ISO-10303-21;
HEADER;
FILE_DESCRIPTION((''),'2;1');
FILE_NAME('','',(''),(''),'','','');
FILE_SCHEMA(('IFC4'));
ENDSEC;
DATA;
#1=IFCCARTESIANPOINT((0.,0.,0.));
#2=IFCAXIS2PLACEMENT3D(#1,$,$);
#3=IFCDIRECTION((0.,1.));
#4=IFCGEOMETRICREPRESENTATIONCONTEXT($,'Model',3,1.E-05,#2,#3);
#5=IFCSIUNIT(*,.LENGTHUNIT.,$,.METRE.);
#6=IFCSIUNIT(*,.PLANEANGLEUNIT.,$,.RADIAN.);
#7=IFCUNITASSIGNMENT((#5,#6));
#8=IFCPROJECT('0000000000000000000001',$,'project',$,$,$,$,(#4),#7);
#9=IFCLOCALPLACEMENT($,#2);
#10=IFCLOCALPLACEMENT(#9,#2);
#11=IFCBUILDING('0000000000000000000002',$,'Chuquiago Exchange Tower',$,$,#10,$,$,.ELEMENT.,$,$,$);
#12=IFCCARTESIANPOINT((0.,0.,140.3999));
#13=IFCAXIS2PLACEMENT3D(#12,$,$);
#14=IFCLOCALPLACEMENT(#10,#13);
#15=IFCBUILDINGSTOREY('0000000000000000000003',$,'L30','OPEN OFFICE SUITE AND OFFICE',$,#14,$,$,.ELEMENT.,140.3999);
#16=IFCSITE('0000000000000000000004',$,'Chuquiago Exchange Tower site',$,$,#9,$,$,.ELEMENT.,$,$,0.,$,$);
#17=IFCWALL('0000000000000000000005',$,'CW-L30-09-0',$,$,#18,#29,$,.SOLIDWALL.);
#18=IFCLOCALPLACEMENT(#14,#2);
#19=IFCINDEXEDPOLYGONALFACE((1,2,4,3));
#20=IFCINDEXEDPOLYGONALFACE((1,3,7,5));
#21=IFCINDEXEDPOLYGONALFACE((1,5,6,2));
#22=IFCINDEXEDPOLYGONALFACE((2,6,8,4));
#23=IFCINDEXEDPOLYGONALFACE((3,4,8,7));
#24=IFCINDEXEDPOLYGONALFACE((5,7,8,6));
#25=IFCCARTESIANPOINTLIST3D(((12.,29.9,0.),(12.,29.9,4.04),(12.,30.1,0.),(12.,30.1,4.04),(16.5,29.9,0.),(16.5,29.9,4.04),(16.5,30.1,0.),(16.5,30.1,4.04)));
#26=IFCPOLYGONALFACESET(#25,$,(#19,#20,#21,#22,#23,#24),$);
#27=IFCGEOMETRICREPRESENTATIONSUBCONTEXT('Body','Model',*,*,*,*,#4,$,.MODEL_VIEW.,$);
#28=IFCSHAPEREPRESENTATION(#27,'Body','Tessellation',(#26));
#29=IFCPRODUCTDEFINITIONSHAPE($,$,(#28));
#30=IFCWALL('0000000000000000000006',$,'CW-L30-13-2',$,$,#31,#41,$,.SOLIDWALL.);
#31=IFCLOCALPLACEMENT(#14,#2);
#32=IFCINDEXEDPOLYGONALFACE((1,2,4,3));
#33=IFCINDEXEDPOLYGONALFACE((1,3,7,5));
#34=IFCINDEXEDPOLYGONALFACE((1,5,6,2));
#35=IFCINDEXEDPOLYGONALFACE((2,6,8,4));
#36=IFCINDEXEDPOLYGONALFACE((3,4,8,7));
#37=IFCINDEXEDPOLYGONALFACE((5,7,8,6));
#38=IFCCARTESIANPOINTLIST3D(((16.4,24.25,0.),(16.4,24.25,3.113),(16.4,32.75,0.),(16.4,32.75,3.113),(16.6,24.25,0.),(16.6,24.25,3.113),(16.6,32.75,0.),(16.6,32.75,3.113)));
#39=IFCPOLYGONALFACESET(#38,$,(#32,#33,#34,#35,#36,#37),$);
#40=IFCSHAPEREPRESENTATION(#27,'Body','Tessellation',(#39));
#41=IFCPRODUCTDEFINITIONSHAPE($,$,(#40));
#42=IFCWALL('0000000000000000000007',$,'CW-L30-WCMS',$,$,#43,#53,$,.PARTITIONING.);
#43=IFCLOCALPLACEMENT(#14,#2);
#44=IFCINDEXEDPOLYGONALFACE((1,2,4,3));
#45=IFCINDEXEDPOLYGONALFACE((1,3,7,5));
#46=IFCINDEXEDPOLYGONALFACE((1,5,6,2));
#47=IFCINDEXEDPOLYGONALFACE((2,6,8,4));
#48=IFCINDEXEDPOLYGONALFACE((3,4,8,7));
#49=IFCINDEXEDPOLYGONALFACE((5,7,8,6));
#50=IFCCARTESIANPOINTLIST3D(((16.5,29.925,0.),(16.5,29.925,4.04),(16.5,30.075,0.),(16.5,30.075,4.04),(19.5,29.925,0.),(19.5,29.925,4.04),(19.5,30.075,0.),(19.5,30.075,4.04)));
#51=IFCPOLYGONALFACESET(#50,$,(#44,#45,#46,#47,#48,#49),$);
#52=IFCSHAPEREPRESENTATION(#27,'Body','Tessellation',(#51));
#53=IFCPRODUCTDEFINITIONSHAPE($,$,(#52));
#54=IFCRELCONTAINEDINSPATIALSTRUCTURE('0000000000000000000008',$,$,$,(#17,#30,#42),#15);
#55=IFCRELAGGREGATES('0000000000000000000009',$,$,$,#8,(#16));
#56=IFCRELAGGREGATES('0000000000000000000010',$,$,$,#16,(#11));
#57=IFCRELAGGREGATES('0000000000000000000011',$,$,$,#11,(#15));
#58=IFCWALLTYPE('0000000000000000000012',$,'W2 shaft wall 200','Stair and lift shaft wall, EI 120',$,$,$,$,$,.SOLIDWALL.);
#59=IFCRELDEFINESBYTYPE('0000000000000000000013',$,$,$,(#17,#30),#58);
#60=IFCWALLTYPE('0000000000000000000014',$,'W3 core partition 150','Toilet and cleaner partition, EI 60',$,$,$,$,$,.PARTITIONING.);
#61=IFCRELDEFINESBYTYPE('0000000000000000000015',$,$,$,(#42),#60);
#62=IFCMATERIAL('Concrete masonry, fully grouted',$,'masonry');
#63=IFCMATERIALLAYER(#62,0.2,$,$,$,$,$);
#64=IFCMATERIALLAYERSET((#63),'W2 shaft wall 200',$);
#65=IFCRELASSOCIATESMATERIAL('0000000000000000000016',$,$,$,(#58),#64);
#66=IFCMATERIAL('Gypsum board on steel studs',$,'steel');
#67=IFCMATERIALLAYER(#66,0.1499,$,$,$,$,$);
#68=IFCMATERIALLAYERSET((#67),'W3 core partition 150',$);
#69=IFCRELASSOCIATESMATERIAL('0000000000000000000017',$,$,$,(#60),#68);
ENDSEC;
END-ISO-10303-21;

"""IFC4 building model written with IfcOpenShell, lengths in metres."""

from ifc_helpers import new_model, si_unit, direction, frame, frame_2d, origin, place, context, subcontext, project, spatial, rectangle, extrude, material, layer, layer_set, type_object, element, save


model = new_model("IFC4")

# Units and contexts
model_context = context("Model", 3, precision=1e-05, world=origin(), true_north=direction((0.0, 1.0)))
body_context = subcontext(model_context, "Body", "Model", "MODEL_VIEW")
ifc_project = project(units=[si_unit("LENGTHUNIT", "METRE"), si_unit("PLANEANGLEUNIT", "RADIAN")], contexts=[model_context])

# Site, building, storey
site_placement = place(None, origin())
site = spatial("IfcSite", under=ifc_project, at=site_placement, Name="Chuquiago Exchange Tower site", CompositionType="ELEMENT", RefElevation=0.0)
building_placement = place(site_placement, origin())
building = spatial("IfcBuilding", under=site, at=building_placement, Name="Chuquiago Exchange Tower", CompositionType="ELEMENT")
storey_placement = place(building_placement, frame((0.0, 0.0, 140.3999)))
storey = spatial("IfcBuildingStorey", under=building, at=storey_placement, Name="L30", Description="OPEN OFFICE SUITE AND OFFICE", CompositionType="ELEMENT", Elevation=140.3999)

# Shared definitions
ifc_material_1 = material(Name="Concrete masonry, fully grouted", Category="masonry")
ifc_layer_1 = layer(ifc_material_1, 0.2)
ifc_layer_set_1 = layer_set([ifc_layer_1], Name="W2 shaft wall 200")
wall_type_1 = type_object("IfcWallType", Name="W2 shaft wall 200", Description="Stair and lift shaft wall, EI 120", PredefinedType="SOLIDWALL", material=ifc_layer_set_1)

# Walls
wall_1_placement = place(storey_placement, frame((12.0, 30.0, 0.0), z_axis=(0.0, 0.0, 1.0), x_axis=(1.0, 0.0, 0.0)))
element("IfcWall", 1, at=wall_1_placement, inside=storey, type_object=wall_type_1, Name="CW-L30-09-0", PredefinedType="SOLIDWALL", context=body_context, shape_type="SweptSolid", body=[
    extrude(rectangle(XDim=4.5, YDim=0.2, at=frame_2d((2.25, 0.0))), origin(), (0.0, 0.0, 1.0), 4.04),
])
wall_2_placement = place(storey_placement, frame((16.5, 24.25, 0.0), z_axis=(0.0, 0.0, 1.0), x_axis=(0.0, 1.0, 0.0)))
element("IfcWall", 2, at=wall_2_placement, inside=storey, type_object=wall_type_1, Name="CW-L30-13-2", PredefinedType="SOLIDWALL", context=body_context, shape_type="SweptSolid", body=[
    extrude(rectangle(XDim=8.5, YDim=0.2, at=frame_2d((4.25, 0.0))), origin(), (0.0, 0.0, 1.0), 3.113),
])
ifc_material_2 = material(Name="Gypsum board on steel studs", Category="steel")
ifc_layer_2 = layer(ifc_material_2, 0.1499)
ifc_layer_set_2 = layer_set([ifc_layer_2], Name="W3 core partition 150")
wall_type_2 = type_object("IfcWallType", Name="W3 core partition 150", Description="Toilet and cleaner partition, EI 60", PredefinedType="PARTITIONING", material=ifc_layer_set_2)
wall_3_placement = place(storey_placement, frame((16.5, 30.0, 0.0), z_axis=(0.0, 0.0, 1.0), x_axis=(1.0, 0.0, 0.0)))
element("IfcWall", 3, at=wall_3_placement, inside=storey, type_object=wall_type_2, Name="CW-L30-WCMS", PredefinedType="PARTITIONING", context=body_context, shape_type="SweptSolid", body=[
    extrude(rectangle(XDim=3.0, YDim=0.1499, at=frame_2d((1.5, 0.0))), origin(), (0.0, 0.0, 1.0), 4.04),
])

save(model, "model.ifc")
